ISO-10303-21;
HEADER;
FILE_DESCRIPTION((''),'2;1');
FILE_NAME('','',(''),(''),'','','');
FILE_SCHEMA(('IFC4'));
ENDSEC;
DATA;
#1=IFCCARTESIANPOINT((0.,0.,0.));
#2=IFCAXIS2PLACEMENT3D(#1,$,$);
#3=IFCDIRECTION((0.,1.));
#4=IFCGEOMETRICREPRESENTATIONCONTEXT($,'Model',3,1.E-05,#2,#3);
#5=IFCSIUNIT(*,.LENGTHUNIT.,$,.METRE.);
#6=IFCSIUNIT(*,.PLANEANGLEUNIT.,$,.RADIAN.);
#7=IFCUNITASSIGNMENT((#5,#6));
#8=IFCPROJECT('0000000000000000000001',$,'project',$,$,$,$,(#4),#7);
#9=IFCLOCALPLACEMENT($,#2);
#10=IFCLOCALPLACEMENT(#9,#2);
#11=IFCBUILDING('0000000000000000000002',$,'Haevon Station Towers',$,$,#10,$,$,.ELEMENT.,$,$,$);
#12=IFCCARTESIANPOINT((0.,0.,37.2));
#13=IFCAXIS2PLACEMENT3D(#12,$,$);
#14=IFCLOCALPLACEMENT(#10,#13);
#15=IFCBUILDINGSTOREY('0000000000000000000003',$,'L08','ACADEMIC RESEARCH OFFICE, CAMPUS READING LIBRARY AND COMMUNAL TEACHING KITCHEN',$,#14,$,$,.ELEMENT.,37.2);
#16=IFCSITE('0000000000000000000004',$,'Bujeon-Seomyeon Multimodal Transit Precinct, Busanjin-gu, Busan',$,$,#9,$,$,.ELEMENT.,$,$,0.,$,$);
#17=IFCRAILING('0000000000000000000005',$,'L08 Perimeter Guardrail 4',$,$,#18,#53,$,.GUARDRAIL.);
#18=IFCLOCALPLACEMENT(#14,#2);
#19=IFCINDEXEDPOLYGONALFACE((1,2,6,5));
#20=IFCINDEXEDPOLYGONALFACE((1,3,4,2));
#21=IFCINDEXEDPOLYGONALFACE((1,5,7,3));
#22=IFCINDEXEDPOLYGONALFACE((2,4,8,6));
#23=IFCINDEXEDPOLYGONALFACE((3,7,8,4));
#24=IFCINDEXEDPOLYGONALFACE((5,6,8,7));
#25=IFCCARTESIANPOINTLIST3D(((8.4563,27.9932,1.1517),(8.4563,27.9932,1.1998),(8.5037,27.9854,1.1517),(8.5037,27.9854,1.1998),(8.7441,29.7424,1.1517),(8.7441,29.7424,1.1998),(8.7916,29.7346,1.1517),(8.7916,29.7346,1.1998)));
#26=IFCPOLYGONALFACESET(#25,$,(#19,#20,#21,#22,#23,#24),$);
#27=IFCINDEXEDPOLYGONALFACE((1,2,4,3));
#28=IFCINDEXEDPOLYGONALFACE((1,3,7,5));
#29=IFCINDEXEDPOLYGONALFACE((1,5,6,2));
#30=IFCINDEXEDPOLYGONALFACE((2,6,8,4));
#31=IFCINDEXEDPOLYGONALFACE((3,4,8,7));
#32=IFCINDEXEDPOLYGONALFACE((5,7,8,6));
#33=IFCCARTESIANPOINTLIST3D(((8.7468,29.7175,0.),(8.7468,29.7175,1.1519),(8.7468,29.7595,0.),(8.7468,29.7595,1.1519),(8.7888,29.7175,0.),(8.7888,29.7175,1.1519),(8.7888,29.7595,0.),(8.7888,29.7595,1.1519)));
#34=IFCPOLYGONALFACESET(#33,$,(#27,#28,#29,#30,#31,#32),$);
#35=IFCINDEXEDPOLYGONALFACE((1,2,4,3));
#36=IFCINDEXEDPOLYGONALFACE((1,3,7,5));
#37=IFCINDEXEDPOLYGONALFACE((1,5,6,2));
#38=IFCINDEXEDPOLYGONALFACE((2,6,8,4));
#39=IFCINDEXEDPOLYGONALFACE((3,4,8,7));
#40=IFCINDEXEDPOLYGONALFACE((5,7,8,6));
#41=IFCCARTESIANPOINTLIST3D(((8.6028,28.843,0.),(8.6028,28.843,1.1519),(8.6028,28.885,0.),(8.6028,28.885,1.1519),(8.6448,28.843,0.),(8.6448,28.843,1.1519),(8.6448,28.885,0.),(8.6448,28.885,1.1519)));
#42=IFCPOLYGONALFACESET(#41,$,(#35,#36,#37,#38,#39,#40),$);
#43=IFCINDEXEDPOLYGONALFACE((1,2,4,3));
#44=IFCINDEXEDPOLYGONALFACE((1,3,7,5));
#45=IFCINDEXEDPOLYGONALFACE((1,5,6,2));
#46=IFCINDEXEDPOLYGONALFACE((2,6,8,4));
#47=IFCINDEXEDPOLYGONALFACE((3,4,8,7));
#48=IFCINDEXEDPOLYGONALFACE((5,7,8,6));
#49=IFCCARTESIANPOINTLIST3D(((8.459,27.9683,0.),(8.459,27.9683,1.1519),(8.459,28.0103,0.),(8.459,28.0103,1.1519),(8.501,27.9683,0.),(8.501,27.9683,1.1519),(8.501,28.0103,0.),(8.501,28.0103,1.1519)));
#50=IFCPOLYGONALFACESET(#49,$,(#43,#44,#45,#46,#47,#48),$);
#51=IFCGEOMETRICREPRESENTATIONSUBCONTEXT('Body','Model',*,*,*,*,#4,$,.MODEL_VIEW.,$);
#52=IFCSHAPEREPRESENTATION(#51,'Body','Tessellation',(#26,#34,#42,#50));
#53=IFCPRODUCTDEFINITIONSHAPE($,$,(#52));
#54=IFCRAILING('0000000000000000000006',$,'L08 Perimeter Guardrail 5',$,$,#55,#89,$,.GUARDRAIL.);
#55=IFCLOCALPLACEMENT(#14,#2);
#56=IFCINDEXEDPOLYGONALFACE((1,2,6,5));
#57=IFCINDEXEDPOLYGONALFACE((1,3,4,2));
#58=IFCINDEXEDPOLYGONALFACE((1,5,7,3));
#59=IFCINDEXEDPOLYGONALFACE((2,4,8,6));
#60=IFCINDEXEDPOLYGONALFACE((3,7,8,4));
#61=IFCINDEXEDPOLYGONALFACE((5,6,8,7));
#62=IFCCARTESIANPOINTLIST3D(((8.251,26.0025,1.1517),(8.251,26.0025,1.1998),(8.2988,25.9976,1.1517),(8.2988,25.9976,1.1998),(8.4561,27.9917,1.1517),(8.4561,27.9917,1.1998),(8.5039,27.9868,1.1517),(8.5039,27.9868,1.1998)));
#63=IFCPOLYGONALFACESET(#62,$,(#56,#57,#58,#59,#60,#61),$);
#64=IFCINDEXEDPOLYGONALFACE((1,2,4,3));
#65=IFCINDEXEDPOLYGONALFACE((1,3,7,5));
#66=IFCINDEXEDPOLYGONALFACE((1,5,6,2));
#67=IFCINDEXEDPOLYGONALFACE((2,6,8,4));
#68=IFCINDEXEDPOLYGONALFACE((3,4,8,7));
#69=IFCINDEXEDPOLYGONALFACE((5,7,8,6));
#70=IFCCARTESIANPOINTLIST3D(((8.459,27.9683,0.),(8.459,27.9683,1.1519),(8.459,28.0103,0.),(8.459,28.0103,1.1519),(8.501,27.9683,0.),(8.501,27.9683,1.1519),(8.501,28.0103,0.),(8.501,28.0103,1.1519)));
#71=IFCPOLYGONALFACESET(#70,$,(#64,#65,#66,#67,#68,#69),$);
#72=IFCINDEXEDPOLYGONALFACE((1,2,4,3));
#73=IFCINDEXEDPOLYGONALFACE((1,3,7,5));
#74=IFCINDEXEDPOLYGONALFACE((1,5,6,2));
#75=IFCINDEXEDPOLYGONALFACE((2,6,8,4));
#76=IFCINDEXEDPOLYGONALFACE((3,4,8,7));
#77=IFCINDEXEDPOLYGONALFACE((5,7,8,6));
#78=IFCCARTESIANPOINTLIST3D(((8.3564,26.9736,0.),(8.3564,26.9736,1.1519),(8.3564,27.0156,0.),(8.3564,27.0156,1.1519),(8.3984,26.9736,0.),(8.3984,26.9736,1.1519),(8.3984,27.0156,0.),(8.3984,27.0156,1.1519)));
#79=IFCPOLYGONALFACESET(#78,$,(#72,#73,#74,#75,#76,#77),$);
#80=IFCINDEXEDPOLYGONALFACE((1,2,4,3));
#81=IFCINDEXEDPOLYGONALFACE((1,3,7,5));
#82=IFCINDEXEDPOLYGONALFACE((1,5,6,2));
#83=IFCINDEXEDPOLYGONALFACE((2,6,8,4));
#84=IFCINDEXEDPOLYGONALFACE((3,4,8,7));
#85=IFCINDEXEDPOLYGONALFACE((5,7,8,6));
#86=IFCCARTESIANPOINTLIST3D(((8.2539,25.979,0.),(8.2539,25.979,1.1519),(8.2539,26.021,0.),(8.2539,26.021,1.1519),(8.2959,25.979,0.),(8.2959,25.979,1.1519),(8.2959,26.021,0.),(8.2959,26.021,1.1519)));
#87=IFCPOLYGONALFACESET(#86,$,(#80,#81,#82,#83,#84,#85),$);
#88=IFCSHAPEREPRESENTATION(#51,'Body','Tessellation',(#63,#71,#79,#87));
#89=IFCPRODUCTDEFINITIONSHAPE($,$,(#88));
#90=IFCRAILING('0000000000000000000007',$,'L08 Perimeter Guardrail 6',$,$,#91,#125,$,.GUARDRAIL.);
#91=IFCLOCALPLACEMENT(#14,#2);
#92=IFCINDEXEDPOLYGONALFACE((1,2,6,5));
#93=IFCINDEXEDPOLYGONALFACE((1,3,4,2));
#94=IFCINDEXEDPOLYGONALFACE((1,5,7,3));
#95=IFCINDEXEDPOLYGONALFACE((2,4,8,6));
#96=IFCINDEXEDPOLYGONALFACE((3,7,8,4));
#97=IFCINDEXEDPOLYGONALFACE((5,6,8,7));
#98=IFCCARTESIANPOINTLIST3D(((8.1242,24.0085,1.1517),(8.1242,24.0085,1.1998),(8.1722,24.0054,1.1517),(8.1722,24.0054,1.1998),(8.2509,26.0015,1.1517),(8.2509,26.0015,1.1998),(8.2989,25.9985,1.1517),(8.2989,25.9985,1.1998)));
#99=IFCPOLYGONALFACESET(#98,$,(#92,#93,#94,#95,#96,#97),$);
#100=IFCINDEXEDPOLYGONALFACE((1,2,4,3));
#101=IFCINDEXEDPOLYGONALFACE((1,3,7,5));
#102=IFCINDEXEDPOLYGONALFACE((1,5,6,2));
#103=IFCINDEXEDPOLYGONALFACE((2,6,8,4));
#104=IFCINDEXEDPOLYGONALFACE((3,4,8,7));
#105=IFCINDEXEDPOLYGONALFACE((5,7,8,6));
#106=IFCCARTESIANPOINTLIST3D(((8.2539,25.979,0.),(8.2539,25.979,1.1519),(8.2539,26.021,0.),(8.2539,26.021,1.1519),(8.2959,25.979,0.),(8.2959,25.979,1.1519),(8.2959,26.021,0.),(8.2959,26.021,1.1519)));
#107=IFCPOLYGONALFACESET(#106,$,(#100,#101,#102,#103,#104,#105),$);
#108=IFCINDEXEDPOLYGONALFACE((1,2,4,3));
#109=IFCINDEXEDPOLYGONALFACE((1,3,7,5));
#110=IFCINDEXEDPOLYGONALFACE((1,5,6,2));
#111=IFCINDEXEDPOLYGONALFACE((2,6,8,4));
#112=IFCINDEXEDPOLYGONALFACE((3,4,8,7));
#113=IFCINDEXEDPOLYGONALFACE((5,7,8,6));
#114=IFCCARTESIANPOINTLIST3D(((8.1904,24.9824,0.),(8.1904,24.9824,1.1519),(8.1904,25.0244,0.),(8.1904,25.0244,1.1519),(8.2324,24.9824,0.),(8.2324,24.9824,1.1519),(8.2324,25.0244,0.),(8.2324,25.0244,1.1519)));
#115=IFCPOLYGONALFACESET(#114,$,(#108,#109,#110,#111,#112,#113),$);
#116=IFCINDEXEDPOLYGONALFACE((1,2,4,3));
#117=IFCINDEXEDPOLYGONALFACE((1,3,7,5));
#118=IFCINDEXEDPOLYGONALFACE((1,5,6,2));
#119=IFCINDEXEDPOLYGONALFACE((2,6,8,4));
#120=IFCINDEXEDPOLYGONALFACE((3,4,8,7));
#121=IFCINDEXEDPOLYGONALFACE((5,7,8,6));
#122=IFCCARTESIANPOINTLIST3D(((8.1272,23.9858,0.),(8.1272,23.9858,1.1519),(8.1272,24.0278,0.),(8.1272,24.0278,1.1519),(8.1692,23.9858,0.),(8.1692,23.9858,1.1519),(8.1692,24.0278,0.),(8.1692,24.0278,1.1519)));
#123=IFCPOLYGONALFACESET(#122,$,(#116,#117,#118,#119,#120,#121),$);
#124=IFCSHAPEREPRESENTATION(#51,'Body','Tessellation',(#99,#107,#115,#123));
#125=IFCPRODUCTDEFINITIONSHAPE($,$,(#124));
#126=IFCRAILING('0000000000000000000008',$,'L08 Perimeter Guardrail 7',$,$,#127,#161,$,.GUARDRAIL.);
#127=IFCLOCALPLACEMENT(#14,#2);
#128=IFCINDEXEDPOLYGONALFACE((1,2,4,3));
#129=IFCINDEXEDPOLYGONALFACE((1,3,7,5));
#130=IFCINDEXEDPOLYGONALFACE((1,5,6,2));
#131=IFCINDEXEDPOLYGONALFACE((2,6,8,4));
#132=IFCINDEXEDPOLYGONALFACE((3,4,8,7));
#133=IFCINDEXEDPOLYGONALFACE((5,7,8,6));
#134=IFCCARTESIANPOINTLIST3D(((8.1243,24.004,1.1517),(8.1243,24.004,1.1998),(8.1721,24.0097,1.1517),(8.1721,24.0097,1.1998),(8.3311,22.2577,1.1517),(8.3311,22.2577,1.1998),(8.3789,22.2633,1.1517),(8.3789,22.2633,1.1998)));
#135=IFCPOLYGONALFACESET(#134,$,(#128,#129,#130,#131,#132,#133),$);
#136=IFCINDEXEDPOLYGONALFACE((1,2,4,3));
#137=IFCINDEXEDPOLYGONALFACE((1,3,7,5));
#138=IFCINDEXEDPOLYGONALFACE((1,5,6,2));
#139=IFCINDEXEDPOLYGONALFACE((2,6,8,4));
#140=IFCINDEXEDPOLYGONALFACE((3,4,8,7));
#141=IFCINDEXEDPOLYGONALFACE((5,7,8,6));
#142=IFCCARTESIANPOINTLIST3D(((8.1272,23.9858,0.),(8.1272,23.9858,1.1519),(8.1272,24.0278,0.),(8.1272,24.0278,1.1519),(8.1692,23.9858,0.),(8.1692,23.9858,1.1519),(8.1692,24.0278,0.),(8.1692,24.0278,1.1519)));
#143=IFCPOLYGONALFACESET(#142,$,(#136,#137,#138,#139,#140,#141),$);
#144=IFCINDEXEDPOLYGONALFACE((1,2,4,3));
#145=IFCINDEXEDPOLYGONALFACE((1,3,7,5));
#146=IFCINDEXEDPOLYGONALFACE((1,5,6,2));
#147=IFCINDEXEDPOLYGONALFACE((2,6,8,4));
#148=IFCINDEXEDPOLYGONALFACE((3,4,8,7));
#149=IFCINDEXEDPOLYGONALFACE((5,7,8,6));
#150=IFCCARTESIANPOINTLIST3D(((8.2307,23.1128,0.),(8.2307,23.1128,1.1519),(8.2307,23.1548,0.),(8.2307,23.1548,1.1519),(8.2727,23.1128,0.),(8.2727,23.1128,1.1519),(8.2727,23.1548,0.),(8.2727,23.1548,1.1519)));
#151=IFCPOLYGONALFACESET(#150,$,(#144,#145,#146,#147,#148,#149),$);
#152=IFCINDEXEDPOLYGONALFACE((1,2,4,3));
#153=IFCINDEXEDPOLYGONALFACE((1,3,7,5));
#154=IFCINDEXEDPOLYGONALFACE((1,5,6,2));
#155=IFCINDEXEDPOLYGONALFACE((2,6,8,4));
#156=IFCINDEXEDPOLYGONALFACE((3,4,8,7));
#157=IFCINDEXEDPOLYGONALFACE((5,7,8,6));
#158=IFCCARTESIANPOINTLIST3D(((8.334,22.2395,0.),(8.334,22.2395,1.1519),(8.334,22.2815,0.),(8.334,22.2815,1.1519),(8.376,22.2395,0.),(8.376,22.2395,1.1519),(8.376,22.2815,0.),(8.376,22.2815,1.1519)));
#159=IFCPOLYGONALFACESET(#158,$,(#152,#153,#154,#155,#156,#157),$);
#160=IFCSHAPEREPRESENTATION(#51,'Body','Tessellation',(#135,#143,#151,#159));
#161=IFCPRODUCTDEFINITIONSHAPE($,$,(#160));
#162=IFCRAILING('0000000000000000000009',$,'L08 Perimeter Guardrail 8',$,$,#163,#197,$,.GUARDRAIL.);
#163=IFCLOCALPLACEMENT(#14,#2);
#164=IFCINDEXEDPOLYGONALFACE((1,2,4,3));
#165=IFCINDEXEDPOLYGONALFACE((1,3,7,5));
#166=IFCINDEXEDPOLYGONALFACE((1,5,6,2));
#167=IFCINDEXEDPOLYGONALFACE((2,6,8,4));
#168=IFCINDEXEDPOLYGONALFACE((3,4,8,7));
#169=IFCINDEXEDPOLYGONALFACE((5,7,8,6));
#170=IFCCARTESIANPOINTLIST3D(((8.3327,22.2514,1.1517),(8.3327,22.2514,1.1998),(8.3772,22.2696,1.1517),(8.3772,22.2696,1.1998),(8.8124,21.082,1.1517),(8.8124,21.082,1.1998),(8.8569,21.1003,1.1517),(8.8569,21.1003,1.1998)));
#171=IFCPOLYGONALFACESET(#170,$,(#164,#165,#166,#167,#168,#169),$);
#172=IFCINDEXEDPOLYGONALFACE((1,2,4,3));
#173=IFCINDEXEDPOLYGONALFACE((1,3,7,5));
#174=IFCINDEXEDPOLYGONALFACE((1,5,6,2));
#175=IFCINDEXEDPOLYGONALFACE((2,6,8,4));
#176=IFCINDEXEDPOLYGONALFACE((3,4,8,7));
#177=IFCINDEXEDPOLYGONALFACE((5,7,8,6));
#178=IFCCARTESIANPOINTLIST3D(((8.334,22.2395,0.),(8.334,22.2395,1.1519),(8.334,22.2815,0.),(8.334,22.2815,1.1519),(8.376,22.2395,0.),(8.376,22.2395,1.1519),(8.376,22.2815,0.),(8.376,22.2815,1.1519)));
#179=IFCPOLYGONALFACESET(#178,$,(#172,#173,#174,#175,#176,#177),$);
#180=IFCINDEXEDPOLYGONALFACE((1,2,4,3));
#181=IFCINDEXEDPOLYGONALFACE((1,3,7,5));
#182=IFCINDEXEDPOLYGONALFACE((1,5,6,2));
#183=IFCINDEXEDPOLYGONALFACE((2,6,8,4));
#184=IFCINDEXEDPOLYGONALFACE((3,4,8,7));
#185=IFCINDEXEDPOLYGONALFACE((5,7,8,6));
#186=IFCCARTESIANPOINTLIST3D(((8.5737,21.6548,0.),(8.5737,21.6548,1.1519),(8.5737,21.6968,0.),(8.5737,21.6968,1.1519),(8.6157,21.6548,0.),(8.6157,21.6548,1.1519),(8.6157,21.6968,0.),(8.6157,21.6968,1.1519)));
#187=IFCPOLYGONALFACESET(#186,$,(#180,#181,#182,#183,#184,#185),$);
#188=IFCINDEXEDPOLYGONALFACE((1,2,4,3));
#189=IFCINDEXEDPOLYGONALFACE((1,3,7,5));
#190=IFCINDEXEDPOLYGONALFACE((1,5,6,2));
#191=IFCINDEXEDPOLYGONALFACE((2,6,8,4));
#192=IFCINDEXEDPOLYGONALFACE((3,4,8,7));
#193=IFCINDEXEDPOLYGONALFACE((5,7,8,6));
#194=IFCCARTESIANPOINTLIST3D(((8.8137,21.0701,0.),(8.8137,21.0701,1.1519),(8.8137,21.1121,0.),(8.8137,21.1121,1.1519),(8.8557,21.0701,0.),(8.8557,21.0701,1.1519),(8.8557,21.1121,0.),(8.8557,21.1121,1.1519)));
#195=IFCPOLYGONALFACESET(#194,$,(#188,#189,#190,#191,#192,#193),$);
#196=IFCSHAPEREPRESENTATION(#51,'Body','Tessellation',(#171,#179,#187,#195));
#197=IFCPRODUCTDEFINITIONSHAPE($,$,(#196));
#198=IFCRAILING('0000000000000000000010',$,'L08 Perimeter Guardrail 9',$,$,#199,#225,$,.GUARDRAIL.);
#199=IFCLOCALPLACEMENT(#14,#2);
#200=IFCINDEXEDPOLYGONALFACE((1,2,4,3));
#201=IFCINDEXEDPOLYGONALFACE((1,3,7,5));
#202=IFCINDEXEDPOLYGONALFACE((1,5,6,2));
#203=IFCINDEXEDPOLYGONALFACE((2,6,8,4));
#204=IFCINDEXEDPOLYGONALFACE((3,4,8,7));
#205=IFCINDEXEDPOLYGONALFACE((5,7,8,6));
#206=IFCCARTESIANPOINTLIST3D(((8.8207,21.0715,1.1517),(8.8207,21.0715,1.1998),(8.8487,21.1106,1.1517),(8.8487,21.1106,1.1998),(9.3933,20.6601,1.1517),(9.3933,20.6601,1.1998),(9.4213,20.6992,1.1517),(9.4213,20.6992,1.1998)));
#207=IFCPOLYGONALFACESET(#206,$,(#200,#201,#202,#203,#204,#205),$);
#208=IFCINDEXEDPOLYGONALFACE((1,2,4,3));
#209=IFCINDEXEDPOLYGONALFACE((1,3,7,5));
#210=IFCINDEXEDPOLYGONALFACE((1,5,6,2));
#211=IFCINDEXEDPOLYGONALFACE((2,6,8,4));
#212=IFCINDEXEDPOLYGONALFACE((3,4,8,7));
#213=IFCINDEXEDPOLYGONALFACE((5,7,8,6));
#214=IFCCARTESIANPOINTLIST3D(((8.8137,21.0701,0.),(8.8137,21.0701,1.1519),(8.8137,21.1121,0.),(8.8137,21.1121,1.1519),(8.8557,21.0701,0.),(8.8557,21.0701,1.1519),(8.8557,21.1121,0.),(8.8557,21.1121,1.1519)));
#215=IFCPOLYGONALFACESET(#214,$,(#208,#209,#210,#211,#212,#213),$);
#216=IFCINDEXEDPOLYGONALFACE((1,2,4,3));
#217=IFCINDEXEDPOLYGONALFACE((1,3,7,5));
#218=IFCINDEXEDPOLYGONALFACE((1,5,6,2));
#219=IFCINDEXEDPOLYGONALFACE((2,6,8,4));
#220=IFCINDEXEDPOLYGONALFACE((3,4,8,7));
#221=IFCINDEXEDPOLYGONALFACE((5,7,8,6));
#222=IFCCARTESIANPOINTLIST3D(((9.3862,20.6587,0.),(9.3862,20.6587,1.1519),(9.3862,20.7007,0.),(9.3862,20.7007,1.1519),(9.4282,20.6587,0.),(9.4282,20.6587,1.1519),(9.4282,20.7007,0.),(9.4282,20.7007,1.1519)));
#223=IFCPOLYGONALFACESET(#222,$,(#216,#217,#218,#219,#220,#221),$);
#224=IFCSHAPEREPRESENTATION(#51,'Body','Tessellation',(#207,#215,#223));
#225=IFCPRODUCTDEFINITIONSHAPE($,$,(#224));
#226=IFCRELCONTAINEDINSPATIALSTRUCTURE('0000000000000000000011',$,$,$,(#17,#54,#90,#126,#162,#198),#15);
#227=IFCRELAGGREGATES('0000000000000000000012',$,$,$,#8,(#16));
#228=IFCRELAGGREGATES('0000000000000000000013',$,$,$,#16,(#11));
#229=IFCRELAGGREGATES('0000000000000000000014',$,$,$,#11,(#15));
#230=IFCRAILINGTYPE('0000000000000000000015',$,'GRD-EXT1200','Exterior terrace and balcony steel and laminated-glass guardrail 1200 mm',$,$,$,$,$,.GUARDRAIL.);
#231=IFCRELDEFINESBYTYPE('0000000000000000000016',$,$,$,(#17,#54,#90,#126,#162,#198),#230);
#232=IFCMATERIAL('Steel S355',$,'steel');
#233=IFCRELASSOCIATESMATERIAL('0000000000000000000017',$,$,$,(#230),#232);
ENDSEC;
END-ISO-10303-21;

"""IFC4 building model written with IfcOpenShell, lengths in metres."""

from ifc_helpers import new_model, si_unit, direction, frame, origin, origin_2d, place, context, subcontext, project, spatial, rectangle, extrude, material, type_object, element, save


model = new_model("IFC4")

# Units and contexts
model_context = context("Model", 3, precision=1e-05, world=origin(), true_north=direction((0.0, 1.0)))
body_context = subcontext(model_context, "Body", "Model", "MODEL_VIEW")
ifc_project = project(units=[si_unit("LENGTHUNIT", "METRE"), si_unit("PLANEANGLEUNIT", "RADIAN")], contexts=[model_context])

# Site, building, storey
site_placement = place(None, origin())
site = spatial("IfcSite", under=ifc_project, at=site_placement, Name="Bujeon-Seomyeon Multimodal Transit Precinct, Busanjin-gu, Busan", CompositionType="ELEMENT", RefElevation=0.0)
building_placement = place(site_placement, origin())
building = spatial("IfcBuilding", under=site, at=building_placement, Name="Haevon Station Towers", CompositionType="ELEMENT")
storey_placement = place(building_placement, frame((0.0, 0.0, 37.2)))
storey = spatial("IfcBuildingStorey", under=building, at=storey_placement, Name="L08", Description="ACADEMIC RESEARCH OFFICE, CAMPUS READING LIBRARY AND COMMUNAL TEACHING KITCHEN", CompositionType="ELEMENT", Elevation=37.2)

# Shared definitions
ifc_material_1 = material(Name="Steel S355", Category="steel")

# Railings
railing_type = type_object("IfcRailingType", Name="GRD-EXT1200", Description="Exterior terrace and balcony steel and laminated-glass guardrail 1200 mm", PredefinedType="GUARDRAIL", material=ifc_material_1)
railing_1_placement = place(storey_placement, frame((8.7678, 29.7385, 0.0)))
element("IfcRailing", 1, at=railing_1_placement, inside=storey, type_object=railing_type, Name="L08 Perimeter Guardrail 4", PredefinedType="GUARDRAIL", context=body_context, shape_type="SweptSolid", body=[
    extrude(rectangle(XDim=0.0481, YDim=0.0481, at=origin_2d()), frame((0.0, 0.0, 1.1758), z_axis=(-0.162366, -0.986731, 0.0), x_axis=(0.986731, -0.162366, 0.0)), (0.0, 0.0, 1.0), 1.7727),
    extrude(rectangle(XDim=0.042, YDim=0.042, at=origin_2d()), origin(), (0.0, 0.0, 1.0), 1.1519),
    extrude(rectangle(XDim=0.042, YDim=0.042, at=origin_2d()), frame((-0.144, -0.8745, 0.0)), (0.0, 0.0, 1.0), 1.1519),
    extrude(rectangle(XDim=0.042, YDim=0.042, at=origin_2d()), frame((-0.2878, -1.7493, 0.0)), (0.0, 0.0, 1.0), 1.1519),
])
railing_2_placement = place(storey_placement, frame((8.48, 27.9893, 0.0)))
element("IfcRailing", 2, at=railing_2_placement, inside=storey, type_object=railing_type, Name="L08 Perimeter Guardrail 5", PredefinedType="GUARDRAIL", context=body_context, shape_type="SweptSolid", body=[
    extrude(rectangle(XDim=0.0481, YDim=0.0481, at=origin_2d()), frame((0.0, 0.0, 1.1758), z_axis=(-0.102549, -0.994728, 0.0), x_axis=(0.994728, -0.102549, 0.0)), (0.0, 0.0, 1.0), 1.9998),
    extrude(rectangle(XDim=0.042, YDim=0.042, at=origin_2d()), origin(), (0.0, 0.0, 1.0), 1.1519),
    extrude(rectangle(XDim=0.042, YDim=0.042, at=origin_2d()), frame((-0.1025, -0.9946, 0.0)), (0.0, 0.0, 1.0), 1.1519),
    extrude(rectangle(XDim=0.042, YDim=0.042, at=origin_2d()), frame((-0.2051, -1.9893, 0.0)), (0.0, 0.0, 1.0), 1.1519),
])
railing_3_placement = place(storey_placement, frame((8.2749, 26.0, 0.0)))
element("IfcRailing", 3, at=railing_3_placement, inside=storey, type_object=railing_type, Name="L08 Perimeter Guardrail 6", PredefinedType="GUARDRAIL", context=body_context, shape_type="SweptSolid", body=[
    extrude(rectangle(XDim=0.0481, YDim=0.0481, at=origin_2d()), frame((0.0, 0.0, 1.1758), z_axis=(-0.063444, -0.997985, 0.0), x_axis=(0.997985, -0.063444, 0.0)), (0.0, 0.0, 1.0), 1.9971),
    extrude(rectangle(XDim=0.042, YDim=0.042, at=origin_2d()), origin(), (0.0, 0.0, 1.0), 1.1519),
    extrude(rectangle(XDim=0.042, YDim=0.042, at=origin_2d()), frame((-0.0635, -0.9966, 0.0)), (0.0, 0.0, 1.0), 1.1519),
    extrude(rectangle(XDim=0.042, YDim=0.042, at=origin_2d()), frame((-0.1267, -1.9932, 0.0)), (0.0, 0.0, 1.0), 1.1519),
])
railing_4_placement = place(storey_placement, frame((8.1482, 24.0068, 0.0)))
element("IfcRailing", 4, at=railing_4_placement, inside=storey, type_object=railing_type, Name="L08 Perimeter Guardrail 7", PredefinedType="GUARDRAIL", context=body_context, shape_type="SweptSolid", body=[
    extrude(rectangle(XDim=0.0481, YDim=0.0481, at=origin_2d()), frame((0.0, 0.0, 1.1758), z_axis=(0.11759, -0.993062, 0.0), x_axis=(0.993062, 0.11759, 0.0)), (0.0, 0.0, 1.0), 1.7585),
    extrude(rectangle(XDim=0.042, YDim=0.042, at=origin_2d()), origin(), (0.0, 0.0, 1.0), 1.1519),
    extrude(rectangle(XDim=0.042, YDim=0.042, at=origin_2d()), frame((0.1035, -0.873, 0.0)), (0.0, 0.0, 1.0), 1.1519),
    extrude(rectangle(XDim=0.042, YDim=0.042, at=origin_2d()), frame((0.2068, -1.7463, 0.0)), (0.0, 0.0, 1.0), 1.1519),
])
railing_5_placement = place(storey_placement, frame((8.355, 22.2605, 0.0)))
element("IfcRailing", 5, at=railing_5_placement, inside=storey, type_object=railing_type, Name="L08 Perimeter Guardrail 8", PredefinedType="GUARDRAIL", context=body_context, shape_type="SweptSolid", body=[
    extrude(rectangle(XDim=0.0481, YDim=0.0481, at=origin_2d()), frame((0.0, 0.0, 1.1758), z_axis=(0.379535, -0.925177, 0.0), x_axis=(0.925177, 0.379535, 0.0)), (0.0, 0.0, 1.0), 1.2639),
    extrude(rectangle(XDim=0.042, YDim=0.042, at=origin_2d()), origin(), (0.0, 0.0, 1.0), 1.1519),
    extrude(rectangle(XDim=0.042, YDim=0.042, at=origin_2d()), frame((0.2397, -0.5847, 0.0)), (0.0, 0.0, 1.0), 1.1519),
    extrude(rectangle(XDim=0.042, YDim=0.042, at=origin_2d()), frame((0.4797, -1.1694, 0.0)), (0.0, 0.0, 1.0), 1.1519),
])
railing_6_placement = place(storey_placement, frame((8.8347, 21.0911, 0.0)))
element("IfcRailing", 6, at=railing_6_placement, inside=storey, type_object=railing_type, Name="L08 Perimeter Guardrail 9", PredefinedType="GUARDRAIL", context=body_context, shape_type="SweptSolid", body=[
    extrude(rectangle(XDim=0.0481, YDim=0.0481, at=origin_2d()), frame((0.0, 0.0, 1.1758), z_axis=(0.812092, -0.583529, 0.0), x_axis=(0.583529, 0.812092, 0.0)), (0.0, 0.0, 1.0), 0.7051),
    extrude(rectangle(XDim=0.042, YDim=0.042, at=origin_2d()), origin(), (0.0, 0.0, 1.0), 1.1519),
    extrude(rectangle(XDim=0.042, YDim=0.042, at=origin_2d()), frame((0.5725, -0.4114, 0.0)), (0.0, 0.0, 1.0), 1.1519),
])

save(model, "model.ifc")
